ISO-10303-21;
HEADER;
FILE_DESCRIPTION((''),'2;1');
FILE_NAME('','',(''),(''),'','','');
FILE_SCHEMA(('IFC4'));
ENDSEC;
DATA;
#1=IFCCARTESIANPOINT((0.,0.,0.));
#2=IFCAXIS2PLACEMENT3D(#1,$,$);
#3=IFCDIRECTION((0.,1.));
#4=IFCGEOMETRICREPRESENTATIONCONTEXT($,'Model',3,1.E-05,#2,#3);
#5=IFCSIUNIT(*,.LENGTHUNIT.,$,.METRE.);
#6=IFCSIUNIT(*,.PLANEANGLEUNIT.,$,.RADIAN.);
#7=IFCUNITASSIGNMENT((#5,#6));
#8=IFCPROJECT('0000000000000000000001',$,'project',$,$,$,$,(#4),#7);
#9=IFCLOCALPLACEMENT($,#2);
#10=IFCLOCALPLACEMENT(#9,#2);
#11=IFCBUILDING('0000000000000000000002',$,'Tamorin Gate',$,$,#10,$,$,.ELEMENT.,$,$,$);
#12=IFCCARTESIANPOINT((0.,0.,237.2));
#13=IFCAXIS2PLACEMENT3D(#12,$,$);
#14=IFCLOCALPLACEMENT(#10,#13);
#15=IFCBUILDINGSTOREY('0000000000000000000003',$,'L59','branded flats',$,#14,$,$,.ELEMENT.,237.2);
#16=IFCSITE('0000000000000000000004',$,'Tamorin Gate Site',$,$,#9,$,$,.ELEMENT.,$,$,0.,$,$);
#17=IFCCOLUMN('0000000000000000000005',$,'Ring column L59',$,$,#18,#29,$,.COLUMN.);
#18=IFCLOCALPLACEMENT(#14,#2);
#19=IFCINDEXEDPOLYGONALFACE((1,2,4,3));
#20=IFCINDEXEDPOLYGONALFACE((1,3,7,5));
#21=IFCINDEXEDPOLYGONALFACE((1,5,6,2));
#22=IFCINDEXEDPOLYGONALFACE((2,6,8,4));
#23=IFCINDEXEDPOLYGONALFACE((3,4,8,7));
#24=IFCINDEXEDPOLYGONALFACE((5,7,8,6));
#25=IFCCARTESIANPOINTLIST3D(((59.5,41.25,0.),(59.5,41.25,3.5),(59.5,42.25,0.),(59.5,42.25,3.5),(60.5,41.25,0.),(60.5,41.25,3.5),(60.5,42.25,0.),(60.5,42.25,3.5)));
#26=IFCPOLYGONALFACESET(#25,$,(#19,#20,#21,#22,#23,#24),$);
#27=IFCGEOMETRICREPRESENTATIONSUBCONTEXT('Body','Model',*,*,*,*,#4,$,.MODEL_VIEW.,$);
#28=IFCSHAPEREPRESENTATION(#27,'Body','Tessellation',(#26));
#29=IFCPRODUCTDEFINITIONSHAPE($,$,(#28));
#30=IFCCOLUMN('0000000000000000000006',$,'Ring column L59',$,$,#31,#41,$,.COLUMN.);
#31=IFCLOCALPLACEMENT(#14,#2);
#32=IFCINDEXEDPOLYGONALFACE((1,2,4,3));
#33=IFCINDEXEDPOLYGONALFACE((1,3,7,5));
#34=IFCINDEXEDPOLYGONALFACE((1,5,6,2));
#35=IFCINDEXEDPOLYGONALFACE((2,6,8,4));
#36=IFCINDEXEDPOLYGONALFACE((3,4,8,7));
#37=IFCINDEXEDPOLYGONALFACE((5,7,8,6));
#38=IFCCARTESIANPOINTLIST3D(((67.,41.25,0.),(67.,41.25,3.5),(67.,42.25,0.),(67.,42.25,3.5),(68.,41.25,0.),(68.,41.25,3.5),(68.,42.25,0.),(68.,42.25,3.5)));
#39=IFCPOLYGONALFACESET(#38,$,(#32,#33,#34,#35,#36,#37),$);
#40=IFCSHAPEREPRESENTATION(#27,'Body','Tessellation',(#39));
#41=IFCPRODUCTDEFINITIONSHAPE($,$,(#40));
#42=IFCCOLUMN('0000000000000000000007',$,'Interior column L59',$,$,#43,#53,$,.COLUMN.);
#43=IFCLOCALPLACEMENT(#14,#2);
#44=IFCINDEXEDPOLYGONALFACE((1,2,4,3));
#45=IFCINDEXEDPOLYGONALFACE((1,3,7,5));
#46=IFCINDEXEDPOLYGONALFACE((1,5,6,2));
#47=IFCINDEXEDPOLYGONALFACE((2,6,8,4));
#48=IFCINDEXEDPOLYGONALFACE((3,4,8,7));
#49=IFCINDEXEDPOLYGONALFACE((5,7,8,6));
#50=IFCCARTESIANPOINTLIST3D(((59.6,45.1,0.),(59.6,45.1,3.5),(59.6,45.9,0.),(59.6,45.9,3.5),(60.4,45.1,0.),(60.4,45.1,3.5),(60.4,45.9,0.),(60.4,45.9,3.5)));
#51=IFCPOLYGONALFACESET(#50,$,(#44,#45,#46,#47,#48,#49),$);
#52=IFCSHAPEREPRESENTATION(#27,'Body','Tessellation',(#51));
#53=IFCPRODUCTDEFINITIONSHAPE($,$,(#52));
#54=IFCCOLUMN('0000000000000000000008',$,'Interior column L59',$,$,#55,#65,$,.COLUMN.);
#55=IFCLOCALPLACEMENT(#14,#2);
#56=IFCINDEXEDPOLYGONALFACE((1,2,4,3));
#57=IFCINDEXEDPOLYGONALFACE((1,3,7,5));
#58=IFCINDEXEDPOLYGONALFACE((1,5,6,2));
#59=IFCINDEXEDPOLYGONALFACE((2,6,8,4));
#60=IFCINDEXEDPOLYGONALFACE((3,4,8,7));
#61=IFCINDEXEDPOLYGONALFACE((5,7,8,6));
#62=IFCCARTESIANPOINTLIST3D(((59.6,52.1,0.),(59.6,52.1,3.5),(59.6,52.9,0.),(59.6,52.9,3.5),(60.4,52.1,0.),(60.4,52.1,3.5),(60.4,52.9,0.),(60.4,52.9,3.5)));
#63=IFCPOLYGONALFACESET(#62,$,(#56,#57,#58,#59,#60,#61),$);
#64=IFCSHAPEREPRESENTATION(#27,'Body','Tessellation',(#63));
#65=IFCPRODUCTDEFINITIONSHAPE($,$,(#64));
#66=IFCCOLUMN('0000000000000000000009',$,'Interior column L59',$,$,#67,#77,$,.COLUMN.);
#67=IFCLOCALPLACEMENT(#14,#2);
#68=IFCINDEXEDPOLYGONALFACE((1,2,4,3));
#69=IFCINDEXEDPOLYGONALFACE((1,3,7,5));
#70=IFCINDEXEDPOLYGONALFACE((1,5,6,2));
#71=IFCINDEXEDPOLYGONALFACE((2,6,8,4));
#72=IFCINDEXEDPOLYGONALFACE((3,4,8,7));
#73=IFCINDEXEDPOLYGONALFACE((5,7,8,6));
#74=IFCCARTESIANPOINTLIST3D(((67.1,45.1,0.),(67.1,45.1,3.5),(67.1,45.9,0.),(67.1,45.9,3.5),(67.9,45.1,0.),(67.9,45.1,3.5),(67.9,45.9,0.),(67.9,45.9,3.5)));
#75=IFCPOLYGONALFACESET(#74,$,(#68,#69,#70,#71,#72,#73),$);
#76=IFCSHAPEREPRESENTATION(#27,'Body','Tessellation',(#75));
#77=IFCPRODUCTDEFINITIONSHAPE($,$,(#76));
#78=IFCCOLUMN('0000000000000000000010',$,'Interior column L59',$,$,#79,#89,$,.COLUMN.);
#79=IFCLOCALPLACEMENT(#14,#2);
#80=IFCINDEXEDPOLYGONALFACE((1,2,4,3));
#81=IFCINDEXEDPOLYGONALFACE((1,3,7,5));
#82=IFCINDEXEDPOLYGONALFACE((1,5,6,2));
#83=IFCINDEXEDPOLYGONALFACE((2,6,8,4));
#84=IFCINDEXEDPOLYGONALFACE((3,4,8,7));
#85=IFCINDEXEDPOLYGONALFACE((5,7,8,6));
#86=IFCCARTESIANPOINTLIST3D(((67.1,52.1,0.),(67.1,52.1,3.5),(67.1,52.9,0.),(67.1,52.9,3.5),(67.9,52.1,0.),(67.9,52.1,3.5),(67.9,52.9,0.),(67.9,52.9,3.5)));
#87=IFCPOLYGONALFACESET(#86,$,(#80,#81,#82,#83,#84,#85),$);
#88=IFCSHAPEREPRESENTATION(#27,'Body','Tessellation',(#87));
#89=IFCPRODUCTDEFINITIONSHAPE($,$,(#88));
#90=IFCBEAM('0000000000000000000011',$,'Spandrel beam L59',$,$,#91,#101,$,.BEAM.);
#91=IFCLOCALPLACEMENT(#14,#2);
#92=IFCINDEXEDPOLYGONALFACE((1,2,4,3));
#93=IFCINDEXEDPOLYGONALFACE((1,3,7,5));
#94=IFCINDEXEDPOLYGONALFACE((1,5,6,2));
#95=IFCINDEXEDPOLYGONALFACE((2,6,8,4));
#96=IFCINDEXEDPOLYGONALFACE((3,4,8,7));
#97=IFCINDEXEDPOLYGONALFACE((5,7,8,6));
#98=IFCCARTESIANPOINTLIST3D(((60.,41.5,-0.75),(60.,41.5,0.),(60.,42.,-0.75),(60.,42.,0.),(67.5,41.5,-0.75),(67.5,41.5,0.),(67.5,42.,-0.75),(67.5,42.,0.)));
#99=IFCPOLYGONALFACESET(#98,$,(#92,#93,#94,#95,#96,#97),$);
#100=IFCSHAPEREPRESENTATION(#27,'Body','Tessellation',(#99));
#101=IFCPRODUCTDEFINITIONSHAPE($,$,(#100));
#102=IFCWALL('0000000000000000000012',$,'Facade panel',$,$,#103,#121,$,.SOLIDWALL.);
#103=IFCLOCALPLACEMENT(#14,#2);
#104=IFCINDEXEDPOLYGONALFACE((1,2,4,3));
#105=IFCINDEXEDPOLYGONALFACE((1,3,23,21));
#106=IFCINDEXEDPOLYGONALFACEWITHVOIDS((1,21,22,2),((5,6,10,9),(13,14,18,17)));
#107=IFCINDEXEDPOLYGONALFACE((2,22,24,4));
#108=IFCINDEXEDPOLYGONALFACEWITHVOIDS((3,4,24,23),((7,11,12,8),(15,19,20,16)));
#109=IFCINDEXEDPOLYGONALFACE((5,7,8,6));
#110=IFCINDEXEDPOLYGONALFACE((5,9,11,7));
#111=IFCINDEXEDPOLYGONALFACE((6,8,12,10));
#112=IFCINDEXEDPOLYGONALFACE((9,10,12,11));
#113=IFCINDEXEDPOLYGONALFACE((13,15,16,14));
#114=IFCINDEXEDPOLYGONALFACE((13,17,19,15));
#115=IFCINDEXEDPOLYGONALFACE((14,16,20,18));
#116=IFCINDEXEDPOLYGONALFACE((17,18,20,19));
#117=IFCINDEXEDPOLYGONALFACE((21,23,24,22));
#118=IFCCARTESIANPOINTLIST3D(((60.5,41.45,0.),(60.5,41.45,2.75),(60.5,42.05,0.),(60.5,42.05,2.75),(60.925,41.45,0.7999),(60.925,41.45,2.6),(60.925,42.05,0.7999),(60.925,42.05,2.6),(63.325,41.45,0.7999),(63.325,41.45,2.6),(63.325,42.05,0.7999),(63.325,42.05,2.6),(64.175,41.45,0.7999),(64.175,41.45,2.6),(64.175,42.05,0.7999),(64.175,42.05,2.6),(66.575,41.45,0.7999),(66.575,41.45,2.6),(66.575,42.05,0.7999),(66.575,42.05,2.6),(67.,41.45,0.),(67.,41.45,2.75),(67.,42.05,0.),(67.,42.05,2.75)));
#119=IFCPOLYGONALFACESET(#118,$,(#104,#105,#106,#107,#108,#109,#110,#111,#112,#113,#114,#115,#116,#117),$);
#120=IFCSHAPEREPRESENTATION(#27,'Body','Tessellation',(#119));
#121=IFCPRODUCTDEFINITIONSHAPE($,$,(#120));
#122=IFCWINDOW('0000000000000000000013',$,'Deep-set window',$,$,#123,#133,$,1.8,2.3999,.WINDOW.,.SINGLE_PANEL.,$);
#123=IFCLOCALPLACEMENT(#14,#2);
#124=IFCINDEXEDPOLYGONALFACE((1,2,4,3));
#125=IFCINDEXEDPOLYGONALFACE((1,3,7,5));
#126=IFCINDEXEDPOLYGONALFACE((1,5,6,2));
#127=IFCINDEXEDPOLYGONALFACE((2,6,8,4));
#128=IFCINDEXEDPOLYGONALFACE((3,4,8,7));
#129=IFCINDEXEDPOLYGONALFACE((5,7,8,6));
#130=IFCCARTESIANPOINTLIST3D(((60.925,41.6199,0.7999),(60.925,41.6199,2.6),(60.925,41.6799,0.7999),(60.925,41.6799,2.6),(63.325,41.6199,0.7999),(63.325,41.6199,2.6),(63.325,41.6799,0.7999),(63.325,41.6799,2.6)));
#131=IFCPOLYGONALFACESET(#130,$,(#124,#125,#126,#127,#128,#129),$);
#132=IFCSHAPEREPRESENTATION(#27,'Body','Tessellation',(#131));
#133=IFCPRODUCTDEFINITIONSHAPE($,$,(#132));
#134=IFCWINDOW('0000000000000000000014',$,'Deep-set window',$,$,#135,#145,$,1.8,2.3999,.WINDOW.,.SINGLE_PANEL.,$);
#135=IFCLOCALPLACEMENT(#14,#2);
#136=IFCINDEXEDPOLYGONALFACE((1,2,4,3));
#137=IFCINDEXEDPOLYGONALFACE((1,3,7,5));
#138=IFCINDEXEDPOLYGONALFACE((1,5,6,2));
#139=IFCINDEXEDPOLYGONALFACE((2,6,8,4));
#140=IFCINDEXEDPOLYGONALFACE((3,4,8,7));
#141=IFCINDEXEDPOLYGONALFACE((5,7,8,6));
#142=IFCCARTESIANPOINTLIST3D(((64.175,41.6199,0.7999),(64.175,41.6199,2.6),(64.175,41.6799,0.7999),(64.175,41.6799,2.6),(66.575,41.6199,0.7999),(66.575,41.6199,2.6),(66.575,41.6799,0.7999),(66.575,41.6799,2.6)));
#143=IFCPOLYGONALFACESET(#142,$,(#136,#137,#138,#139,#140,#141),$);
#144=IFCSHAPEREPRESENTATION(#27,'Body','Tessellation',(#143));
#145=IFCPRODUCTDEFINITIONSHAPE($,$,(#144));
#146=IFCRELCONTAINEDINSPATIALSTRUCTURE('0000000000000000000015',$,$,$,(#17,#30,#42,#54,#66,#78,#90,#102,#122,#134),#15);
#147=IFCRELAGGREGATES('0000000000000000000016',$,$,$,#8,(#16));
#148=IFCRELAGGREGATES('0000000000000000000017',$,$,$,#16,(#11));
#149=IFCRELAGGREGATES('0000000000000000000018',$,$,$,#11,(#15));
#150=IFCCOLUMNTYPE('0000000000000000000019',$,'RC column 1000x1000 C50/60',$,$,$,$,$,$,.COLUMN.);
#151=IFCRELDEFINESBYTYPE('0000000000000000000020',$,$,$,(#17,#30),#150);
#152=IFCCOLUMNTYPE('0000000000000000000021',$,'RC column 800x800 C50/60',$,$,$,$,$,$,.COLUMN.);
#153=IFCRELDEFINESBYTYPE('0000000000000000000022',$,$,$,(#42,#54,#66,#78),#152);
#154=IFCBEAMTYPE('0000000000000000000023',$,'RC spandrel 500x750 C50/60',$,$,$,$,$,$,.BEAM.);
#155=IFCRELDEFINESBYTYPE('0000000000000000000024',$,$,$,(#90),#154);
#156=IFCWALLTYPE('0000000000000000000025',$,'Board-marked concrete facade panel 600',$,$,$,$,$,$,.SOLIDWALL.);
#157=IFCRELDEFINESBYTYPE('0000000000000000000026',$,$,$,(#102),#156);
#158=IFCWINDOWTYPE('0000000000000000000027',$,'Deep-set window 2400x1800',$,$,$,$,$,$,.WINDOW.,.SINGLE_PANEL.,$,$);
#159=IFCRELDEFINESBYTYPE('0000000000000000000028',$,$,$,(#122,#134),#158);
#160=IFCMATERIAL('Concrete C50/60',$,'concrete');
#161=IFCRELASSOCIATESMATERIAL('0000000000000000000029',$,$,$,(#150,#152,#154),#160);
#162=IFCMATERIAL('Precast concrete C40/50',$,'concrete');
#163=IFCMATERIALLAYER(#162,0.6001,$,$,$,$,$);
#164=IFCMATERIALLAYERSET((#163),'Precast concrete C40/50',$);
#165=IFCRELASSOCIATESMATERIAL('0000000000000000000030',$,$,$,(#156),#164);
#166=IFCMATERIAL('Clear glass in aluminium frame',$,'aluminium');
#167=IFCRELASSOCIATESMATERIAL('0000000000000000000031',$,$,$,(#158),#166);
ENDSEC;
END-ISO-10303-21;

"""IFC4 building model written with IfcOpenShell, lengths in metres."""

from ifc_helpers import new_model, si_unit, direction, frame, frame_2d, origin, origin_2d, place, context, subcontext, project, spatial, rectangle, extrude, material, layer, layer_set, material_profile, profile_set, type_object, element, fill, save


model = new_model("IFC4")

# Units and contexts
model_context = context("Model", 3, precision=1e-05, world=origin(), true_north=direction((0.0, 1.0)))
body_context = subcontext(model_context, "Body", "Model", "MODEL_VIEW")
ifc_project = project(units=[si_unit("LENGTHUNIT", "METRE"), si_unit("PLANEANGLEUNIT", "RADIAN")], contexts=[model_context])

# Site, building, storey
site_placement = place(None, origin())
site = spatial("IfcSite", under=ifc_project, at=site_placement, Name="Tamorin Gate Site", CompositionType="ELEMENT", RefElevation=0.0)
building_placement = place(site_placement, origin())
building = spatial("IfcBuilding", under=site, at=building_placement, Name="Tamorin Gate", CompositionType="ELEMENT")
storey_placement = place(building_placement, frame((0.0, 0.0, 237.2)))
storey = spatial("IfcBuildingStorey", under=building, at=storey_placement, Name="L59", Description="branded flats", CompositionType="ELEMENT", Elevation=237.2)

# Columns
ifc_material_1 = material(Name="Concrete C50/60", Category="concrete")
ifc_material_profile_1 = material_profile(ifc_material_1, rectangle(XDim=1.0, YDim=1.0, at=origin_2d()), Name="RC 1000x1000")
ifc_profile_set_1 = profile_set([ifc_material_profile_1], Name="Concrete C50/60")
column_type_1 = type_object("IfcColumnType", Name="RC column 1000x1000 C50/60", PredefinedType="COLUMN", material=ifc_profile_set_1)
for number, where, z_axis, x_axis, name in (
    (1, (60.0, 41.75, 0.0), (0.0, 0.0, 1.0), (1.0, 0.0, 0.0), "Ring column L59"),
    (2, (67.5, 41.75, 0.0), (0.0, 0.0, 1.0), (1.0, 0.0, 0.0), "Ring column L59"),
):
    element("IfcColumn", number, at=place(storey_placement, frame(where, z_axis=z_axis, x_axis=x_axis)), inside=storey, type_object=column_type_1, Name=name, PredefinedType="COLUMN", context=body_context, shape_type="SweptSolid", body=[
        extrude(rectangle(XDim=1.0, YDim=1.0, at=origin_2d()), origin(), (0.0, 0.0, 1.0), 3.5),
    ])
ifc_material_profile_2 = material_profile(ifc_material_1, rectangle(XDim=0.8, YDim=0.8, at=origin_2d()), Name="RC 800x800")
ifc_profile_set_2 = profile_set([ifc_material_profile_2], Name="Concrete C50/60")
column_type_2 = type_object("IfcColumnType", Name="RC column 800x800 C50/60", PredefinedType="COLUMN", material=ifc_profile_set_2)
for number, where, z_axis, x_axis, name in (
    (3, (60.0, 45.5, 0.0), (0.0, 0.0, 1.0), (1.0, 0.0, 0.0), "Interior column L59"),
    (4, (60.0, 52.5, 0.0), (0.0, 0.0, 1.0), (1.0, 0.0, 0.0), "Interior column L59"),
    (5, (67.5, 45.5, 0.0), (0.0, 0.0, 1.0), (1.0, 0.0, 0.0), "Interior column L59"),
    (6, (67.5, 52.5, 0.0), (0.0, 0.0, 1.0), (1.0, 0.0, 0.0), "Interior column L59"),
):
    element("IfcColumn", number, at=place(storey_placement, frame(where, z_axis=z_axis, x_axis=x_axis)), inside=storey, type_object=column_type_2, Name=name, PredefinedType="COLUMN", context=body_context, shape_type="SweptSolid", body=[
        extrude(rectangle(XDim=0.8, YDim=0.8, at=origin_2d()), origin(), (0.0, 0.0, 1.0), 3.5),
    ])

# Beam
ifc_material_profile_3 = material_profile(ifc_material_1, rectangle(XDim=0.5, YDim=0.75, at=origin_2d()), Name="RC 500x750")
ifc_profile_set_3 = profile_set([ifc_material_profile_3], Name="Concrete C50/60")
beam_type = type_object("IfcBeamType", Name="RC spandrel 500x750 C50/60", PredefinedType="BEAM", material=ifc_profile_set_3)
beam_placement = place(storey_placement, frame((60.0, 41.75, -0.375), z_axis=(1.0, 0.0, 0.0), x_axis=(0.0, 1.0, 0.0)))
element("IfcBeam", 7, at=beam_placement, inside=storey, type_object=beam_type, Name="Spandrel beam L59", PredefinedType="BEAM", context=body_context, shape_type="SweptSolid", body=[
    extrude(rectangle(XDim=0.5, YDim=0.75, at=origin_2d()), origin(), (0.0, 0.0, 1.0), 7.5),
])

# Wall, openings, windows
ifc_material_2 = material(Name="Precast concrete C40/50", Category="concrete")
ifc_layer_1 = layer(ifc_material_2, 0.6001)
ifc_layer_set_1 = layer_set([ifc_layer_1], Name="Precast concrete C40/50")
wall_type_1 = type_object("IfcWallType", Name="Board-marked concrete facade panel 600", PredefinedType="SOLIDWALL", material=ifc_layer_set_1)
wall_1_placement = place(storey_placement, frame((60.5, 41.75, 0.0), z_axis=(0.0, 0.0, 1.0), x_axis=(1.0, 0.0, 0.0)))
wall_1 = element("IfcWall", 8, at=wall_1_placement, inside=storey, type_object=wall_type_1, Name="Facade panel", PredefinedType="SOLIDWALL", context=body_context, shape_type="SweptSolid", body=[
    extrude(rectangle(XDim=6.5, YDim=0.6001, at=frame_2d((3.25, 0.0))), origin(), (0.0, 0.0, 1.0), 2.75),
])
opening_1_placement = place(wall_1_placement, frame((0.425, 0.0, 0.8)))
opening_1 = element("IfcOpeningElement", 9, at=opening_1_placement, cuts=wall_1, PredefinedType="OPENING", context=body_context, shape_type="SweptSolid", body=[
    extrude(rectangle(XDim=2.3999, YDim=1.8, at=frame_2d((1.2, 0.8999))), frame((0.0, 0.3101, 0.0), z_axis=(0.0, -1.0, 0.0), x_axis=(1.0, 0.0, 0.0)), (0.0, 0.0, 1.0), 0.6201),
])
opening_2_placement = place(wall_1_placement, frame((3.675, 0.0, 0.8)))
opening_2 = element("IfcOpeningElement", 10, at=opening_2_placement, cuts=wall_1, PredefinedType="OPENING", context=body_context, shape_type="SweptSolid", body=[
    extrude(rectangle(XDim=2.3999, YDim=1.8, at=frame_2d((1.2, 0.8999))), frame((0.0, 0.3101, 0.0), z_axis=(0.0, -1.0, 0.0), x_axis=(1.0, 0.0, 0.0)), (0.0, 0.0, 1.0), 0.6201),
])
ifc_material_3 = material(Name="Clear glass in aluminium frame", Category="aluminium")
window_type = type_object("IfcWindowType", Name="Deep-set window 2400x1800", PartitioningType="SINGLE_PANEL", PredefinedType="WINDOW", material=ifc_material_3)
window_1_placement = place(opening_1_placement, origin())
window_1 = element("IfcWindow", 11, at=window_1_placement, inside=storey, type_object=window_type, Name="Deep-set window", OverallHeight=1.8, OverallWidth=2.3999, PartitioningType="SINGLE_PANEL", PredefinedType="WINDOW", context=body_context, shape_type="SweptSolid", body=[
    extrude(rectangle(XDim=2.3999, YDim=1.8, at=frame_2d((1.2, 0.8999))), frame((0.0, -0.0701, 0.0), z_axis=(0.0, -1.0, 0.0), x_axis=(1.0, 0.0, 0.0)), (0.0, 0.0, 1.0), 0.0601),
])
fill(opening_1, window_1)
window_2_placement = place(opening_2_placement, origin())
window_2 = element("IfcWindow", 12, at=window_2_placement, inside=storey, type_object=window_type, Name="Deep-set window", OverallHeight=1.8, OverallWidth=2.3999, PartitioningType="SINGLE_PANEL", PredefinedType="WINDOW", context=body_context, shape_type="SweptSolid", body=[
    extrude(rectangle(XDim=2.3999, YDim=1.8, at=frame_2d((1.2, 0.8999))), frame((0.0, -0.0701, 0.0), z_axis=(0.0, -1.0, 0.0), x_axis=(1.0, 0.0, 0.0)), (0.0, 0.0, 1.0), 0.0601),
])
fill(opening_2, window_2)

save(model, "model.ifc")
